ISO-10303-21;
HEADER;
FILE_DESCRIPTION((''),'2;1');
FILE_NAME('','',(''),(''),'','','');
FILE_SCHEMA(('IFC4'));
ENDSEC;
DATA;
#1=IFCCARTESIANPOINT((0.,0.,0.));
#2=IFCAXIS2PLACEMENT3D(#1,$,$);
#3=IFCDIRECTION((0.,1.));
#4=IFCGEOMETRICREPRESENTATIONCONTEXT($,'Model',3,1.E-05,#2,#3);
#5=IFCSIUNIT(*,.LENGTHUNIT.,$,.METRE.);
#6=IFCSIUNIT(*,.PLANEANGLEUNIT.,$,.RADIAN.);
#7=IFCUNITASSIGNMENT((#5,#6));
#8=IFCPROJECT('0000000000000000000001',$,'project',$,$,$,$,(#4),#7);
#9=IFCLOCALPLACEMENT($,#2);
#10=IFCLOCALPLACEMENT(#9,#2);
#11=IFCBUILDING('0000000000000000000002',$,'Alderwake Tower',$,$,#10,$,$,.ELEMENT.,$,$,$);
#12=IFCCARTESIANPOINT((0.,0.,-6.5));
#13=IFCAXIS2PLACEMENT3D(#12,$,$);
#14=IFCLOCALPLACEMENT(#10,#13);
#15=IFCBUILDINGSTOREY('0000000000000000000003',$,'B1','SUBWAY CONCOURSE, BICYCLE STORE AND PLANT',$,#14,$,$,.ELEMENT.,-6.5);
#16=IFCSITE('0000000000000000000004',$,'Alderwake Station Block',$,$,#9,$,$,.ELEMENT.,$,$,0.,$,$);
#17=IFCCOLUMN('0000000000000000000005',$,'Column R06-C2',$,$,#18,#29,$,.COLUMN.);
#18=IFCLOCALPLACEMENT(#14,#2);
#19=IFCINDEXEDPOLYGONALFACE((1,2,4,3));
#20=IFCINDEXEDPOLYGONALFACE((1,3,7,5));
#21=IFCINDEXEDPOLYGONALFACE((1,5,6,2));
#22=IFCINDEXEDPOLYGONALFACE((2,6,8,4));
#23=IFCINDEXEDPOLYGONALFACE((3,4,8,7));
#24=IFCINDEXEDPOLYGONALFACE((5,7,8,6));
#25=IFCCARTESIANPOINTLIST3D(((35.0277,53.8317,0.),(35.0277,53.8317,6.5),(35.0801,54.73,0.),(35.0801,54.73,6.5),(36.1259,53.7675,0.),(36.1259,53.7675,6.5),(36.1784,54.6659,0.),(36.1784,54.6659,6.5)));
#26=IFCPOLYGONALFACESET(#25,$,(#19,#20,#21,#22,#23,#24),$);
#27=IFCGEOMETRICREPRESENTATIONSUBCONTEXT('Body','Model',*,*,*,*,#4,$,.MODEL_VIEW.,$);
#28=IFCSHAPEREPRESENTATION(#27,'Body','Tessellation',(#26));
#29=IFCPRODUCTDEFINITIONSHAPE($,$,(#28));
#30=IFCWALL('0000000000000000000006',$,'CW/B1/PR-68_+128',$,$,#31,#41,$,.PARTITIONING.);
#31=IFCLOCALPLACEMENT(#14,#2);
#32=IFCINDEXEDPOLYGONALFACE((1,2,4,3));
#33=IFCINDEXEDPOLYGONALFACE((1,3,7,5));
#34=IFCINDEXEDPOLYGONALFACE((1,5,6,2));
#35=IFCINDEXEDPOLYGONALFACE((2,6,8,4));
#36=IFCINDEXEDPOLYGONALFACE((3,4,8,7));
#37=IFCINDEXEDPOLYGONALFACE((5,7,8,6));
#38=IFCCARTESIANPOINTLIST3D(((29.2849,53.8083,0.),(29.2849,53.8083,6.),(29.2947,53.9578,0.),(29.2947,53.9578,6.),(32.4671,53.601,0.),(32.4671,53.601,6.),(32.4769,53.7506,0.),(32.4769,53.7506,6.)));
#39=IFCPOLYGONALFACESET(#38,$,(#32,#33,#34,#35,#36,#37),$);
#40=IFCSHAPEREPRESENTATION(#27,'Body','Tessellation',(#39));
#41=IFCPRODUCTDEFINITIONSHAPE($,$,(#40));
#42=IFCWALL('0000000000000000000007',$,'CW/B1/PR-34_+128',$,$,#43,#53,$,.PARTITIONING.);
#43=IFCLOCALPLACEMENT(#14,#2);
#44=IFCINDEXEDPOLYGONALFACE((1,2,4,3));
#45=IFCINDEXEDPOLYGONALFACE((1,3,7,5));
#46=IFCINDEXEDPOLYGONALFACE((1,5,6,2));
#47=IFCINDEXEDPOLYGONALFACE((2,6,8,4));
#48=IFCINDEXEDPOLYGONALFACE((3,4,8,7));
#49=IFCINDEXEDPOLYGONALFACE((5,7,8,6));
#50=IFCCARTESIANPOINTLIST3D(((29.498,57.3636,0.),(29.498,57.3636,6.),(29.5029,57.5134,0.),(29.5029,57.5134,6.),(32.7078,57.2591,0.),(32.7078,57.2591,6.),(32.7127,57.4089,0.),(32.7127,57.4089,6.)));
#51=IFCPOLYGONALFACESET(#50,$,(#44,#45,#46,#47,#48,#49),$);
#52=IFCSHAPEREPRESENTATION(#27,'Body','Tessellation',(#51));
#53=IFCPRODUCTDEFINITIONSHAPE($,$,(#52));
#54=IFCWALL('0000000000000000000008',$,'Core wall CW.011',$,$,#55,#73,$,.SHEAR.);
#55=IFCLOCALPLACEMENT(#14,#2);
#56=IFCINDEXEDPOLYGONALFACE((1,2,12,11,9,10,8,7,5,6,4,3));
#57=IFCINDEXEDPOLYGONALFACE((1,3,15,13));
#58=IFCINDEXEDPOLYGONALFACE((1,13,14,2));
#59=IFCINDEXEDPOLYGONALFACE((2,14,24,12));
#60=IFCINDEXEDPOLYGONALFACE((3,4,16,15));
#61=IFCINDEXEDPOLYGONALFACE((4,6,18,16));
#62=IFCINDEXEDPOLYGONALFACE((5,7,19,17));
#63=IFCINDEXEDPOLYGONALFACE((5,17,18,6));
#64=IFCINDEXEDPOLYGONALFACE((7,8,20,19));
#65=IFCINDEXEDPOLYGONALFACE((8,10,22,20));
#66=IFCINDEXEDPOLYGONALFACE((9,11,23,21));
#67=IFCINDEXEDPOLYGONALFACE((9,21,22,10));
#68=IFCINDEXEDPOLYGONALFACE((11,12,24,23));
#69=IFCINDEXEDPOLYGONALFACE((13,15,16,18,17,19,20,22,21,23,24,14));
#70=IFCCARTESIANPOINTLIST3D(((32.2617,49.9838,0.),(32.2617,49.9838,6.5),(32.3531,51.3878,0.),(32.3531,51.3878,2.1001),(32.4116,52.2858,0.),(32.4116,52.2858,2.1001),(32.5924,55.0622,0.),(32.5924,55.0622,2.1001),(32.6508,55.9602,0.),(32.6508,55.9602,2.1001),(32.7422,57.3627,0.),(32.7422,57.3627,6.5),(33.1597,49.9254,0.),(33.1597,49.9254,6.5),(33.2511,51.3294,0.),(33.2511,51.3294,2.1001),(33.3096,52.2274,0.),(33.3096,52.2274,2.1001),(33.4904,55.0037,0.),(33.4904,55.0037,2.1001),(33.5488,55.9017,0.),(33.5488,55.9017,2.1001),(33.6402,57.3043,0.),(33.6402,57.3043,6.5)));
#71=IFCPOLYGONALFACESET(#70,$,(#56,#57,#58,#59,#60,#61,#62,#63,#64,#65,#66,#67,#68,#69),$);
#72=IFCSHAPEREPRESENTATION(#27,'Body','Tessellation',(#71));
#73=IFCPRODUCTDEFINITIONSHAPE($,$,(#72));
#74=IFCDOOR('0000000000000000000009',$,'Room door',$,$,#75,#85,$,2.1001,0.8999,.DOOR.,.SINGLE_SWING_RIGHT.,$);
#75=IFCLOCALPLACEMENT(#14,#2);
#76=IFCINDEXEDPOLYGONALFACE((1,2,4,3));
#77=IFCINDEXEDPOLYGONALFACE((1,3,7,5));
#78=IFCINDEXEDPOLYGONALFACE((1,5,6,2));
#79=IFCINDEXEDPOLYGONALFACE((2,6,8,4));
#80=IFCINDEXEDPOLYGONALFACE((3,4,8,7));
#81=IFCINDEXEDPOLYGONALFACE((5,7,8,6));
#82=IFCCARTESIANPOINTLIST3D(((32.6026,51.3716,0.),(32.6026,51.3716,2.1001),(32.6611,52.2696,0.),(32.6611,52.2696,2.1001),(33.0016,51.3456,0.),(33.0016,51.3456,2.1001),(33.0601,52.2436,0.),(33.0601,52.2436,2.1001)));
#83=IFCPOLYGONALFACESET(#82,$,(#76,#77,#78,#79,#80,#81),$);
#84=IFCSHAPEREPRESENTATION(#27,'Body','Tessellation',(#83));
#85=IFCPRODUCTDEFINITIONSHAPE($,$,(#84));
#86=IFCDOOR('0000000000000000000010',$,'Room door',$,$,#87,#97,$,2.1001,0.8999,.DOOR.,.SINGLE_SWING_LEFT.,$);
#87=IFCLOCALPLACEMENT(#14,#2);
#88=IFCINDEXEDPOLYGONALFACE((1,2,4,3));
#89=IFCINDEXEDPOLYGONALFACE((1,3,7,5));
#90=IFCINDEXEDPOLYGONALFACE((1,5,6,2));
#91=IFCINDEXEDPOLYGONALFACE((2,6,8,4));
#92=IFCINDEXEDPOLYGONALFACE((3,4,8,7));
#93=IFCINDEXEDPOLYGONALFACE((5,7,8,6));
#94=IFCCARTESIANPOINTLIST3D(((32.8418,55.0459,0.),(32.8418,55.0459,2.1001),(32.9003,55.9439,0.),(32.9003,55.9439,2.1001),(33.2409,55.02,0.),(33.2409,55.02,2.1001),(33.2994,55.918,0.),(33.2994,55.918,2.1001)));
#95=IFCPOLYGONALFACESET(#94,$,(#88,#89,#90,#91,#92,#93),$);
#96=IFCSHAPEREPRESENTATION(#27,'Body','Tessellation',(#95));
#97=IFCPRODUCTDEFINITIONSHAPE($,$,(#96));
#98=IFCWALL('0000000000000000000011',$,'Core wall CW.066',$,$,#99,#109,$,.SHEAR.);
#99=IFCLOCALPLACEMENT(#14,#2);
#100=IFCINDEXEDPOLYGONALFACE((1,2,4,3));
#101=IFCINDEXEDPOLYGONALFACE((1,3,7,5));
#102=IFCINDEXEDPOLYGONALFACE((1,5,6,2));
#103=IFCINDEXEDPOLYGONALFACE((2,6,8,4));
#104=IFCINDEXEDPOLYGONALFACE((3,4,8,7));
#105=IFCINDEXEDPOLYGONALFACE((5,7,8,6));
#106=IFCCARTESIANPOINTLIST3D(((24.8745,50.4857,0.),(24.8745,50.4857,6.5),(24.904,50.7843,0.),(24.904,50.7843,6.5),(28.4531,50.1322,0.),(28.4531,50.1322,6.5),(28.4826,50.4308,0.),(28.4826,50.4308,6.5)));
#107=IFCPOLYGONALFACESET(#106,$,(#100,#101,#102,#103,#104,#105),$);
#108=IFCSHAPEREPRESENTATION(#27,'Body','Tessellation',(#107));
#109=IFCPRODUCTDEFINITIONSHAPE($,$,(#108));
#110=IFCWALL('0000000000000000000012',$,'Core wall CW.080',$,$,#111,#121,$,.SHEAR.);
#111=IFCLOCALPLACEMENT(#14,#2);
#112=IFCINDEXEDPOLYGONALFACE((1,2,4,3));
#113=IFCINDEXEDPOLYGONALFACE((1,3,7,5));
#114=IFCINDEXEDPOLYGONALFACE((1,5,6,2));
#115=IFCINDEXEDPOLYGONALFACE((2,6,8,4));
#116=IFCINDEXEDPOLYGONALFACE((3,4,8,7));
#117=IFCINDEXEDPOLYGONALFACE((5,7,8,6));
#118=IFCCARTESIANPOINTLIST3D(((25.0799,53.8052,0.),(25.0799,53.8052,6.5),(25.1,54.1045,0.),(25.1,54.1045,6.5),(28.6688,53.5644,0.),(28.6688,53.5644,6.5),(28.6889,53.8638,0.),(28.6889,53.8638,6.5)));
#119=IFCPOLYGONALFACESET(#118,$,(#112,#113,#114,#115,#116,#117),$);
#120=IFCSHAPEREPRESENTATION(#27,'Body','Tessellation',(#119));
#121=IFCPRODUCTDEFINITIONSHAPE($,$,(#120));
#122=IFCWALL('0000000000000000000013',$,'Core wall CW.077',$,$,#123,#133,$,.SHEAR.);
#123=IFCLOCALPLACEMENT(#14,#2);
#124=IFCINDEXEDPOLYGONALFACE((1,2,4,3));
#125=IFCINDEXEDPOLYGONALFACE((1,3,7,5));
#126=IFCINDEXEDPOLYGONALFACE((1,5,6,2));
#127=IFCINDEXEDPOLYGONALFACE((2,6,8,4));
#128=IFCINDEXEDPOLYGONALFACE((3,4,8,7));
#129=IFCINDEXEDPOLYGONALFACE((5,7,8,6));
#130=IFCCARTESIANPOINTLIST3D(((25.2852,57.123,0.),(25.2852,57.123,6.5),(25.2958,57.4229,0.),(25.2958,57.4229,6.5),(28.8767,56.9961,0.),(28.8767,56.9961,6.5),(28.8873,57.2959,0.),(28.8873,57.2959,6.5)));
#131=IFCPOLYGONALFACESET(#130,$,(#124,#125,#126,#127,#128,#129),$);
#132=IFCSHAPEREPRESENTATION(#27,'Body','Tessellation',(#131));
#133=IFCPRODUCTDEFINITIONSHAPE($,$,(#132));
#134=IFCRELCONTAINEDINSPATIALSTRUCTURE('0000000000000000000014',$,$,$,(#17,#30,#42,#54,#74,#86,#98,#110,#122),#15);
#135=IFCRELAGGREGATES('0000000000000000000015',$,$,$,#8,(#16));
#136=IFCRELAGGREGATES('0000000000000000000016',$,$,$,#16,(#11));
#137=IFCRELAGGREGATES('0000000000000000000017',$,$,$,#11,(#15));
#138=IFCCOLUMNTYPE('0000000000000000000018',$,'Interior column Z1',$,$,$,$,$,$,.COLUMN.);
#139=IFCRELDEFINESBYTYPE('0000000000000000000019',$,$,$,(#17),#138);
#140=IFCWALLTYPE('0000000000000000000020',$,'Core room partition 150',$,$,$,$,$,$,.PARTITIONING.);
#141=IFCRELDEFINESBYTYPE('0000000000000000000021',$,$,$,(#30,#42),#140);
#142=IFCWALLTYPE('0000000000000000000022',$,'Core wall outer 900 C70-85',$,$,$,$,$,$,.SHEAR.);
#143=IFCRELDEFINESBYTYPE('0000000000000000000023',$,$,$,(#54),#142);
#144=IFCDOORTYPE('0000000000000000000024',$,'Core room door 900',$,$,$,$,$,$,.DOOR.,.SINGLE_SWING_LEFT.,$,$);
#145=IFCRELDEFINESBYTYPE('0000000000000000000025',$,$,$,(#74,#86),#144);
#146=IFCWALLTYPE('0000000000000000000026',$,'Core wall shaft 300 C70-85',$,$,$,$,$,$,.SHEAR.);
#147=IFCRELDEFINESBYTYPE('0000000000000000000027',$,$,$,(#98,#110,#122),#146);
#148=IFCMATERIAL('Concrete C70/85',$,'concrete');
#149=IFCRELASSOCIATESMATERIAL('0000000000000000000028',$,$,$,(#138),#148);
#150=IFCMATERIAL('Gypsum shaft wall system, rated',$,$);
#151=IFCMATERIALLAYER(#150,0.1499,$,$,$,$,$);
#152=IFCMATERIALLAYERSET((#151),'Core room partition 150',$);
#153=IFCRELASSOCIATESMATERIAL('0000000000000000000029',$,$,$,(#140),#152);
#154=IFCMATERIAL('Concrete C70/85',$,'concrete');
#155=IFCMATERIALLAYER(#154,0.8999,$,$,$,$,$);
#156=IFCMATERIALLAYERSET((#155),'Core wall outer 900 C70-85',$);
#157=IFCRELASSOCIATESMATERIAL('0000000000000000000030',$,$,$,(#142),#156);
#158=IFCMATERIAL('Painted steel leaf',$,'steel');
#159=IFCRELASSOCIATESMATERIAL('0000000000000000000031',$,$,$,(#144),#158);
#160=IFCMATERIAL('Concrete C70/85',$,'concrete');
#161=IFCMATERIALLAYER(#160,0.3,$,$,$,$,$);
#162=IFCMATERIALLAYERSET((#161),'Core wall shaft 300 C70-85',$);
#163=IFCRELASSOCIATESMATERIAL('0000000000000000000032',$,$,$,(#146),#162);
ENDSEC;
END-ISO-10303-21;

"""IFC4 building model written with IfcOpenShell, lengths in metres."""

from ifc_helpers import new_model, si_unit, direction, frame, frame_2d, origin, origin_2d, place, context, subcontext, project, spatial, rectangle, extrude, material, layer, layer_set, material_profile, profile_set, type_object, element, fill, save


model = new_model("IFC4")

# Units and contexts
model_context = context("Model", 3, precision=1e-05, world=origin(), true_north=direction((0.0, 1.0)))
body_context = subcontext(model_context, "Body", "Model", "MODEL_VIEW")
ifc_project = project(units=[si_unit("LENGTHUNIT", "METRE"), si_unit("PLANEANGLEUNIT", "RADIAN")], contexts=[model_context])

# Site, building, storey
site_placement = place(None, origin())
site = spatial("IfcSite", under=ifc_project, at=site_placement, Name="Alderwake Station Block", CompositionType="ELEMENT", RefElevation=0.0)
building_placement = place(site_placement, origin())
building = spatial("IfcBuilding", under=site, at=building_placement, Name="Alderwake Tower", CompositionType="ELEMENT")
storey_placement = place(building_placement, frame((0.0, 0.0, -6.5)))
storey = spatial("IfcBuildingStorey", under=building, at=storey_placement, Name="B1", Description="SUBWAY CONCOURSE, BICYCLE STORE AND PLANT", CompositionType="ELEMENT", Elevation=-6.5)

# Column
ifc_material_1 = material(Name="Concrete C70/85", Category="concrete")
ifc_material_profile = material_profile(ifc_material_1, rectangle(XDim=0.8999, YDim=1.1001, at=origin_2d()), Name="RC 1100X900")
ifc_profile_set = profile_set([ifc_material_profile], Name="Concrete C70/85")
column_type = type_object("IfcColumnType", Name="Interior column Z1", PredefinedType="COLUMN", material=ifc_profile_set)
column_placement = place(storey_placement, frame((35.603, 54.2488, 0.0), z_axis=(0.0, 0.0, 1.0), x_axis=(0.058301, 0.998299, 0.0)))
element("IfcColumn", 1, at=column_placement, inside=storey, type_object=column_type, Name="Column R06-C2", PredefinedType="COLUMN", context=body_context, shape_type="SweptSolid", body=[
    extrude(rectangle(XDim=0.8999, YDim=1.1001, at=origin_2d()), origin(), (0.0, 0.0, 1.0), 6.5),
])

# Walls
ifc_material_2 = material(Name="Gypsum shaft wall system, rated")
ifc_layer_1 = layer(ifc_material_2, 0.1499)
ifc_layer_set_1 = layer_set([ifc_layer_1], Name="Core room partition 150")
wall_type_1 = type_object("IfcWallType", Name="Core room partition 150", PredefinedType="PARTITIONING", material=ifc_layer_set_1)
wall_1_placement = place(storey_placement, frame((29.2898, 53.8831, 0.0), z_axis=(0.0, 0.0, 1.0), x_axis=(0.997885, -0.065, 0.0)))
element("IfcWall", 2, at=wall_1_placement, inside=storey, type_object=wall_type_1, Name="CW/B1/PR-68_+128", PredefinedType="PARTITIONING", context=body_context, shape_type="SweptSolid", body=[
    extrude(rectangle(XDim=3.189, YDim=0.1499, at=frame_2d((1.5945, 0.0))), origin(), (0.0, 0.0, 1.0), 6.0),
])
wall_2_placement = place(storey_placement, frame((29.5005, 57.4385, 0.0), z_axis=(0.0, 0.0, 1.0), x_axis=(0.999471, -0.032538, 0.0)))
element("IfcWall", 3, at=wall_2_placement, inside=storey, type_object=wall_type_1, Name="CW/B1/PR-34_+128", PredefinedType="PARTITIONING", context=body_context, shape_type="SweptSolid", body=[
    extrude(rectangle(XDim=3.2114, YDim=0.1499, at=frame_2d((1.6057, 0.0))), origin(), (0.0, 0.0, 1.0), 6.0),
])

# Wall, openings, doors
ifc_material_3 = material(Name="Concrete C70/85", Category="concrete")
ifc_layer_2 = layer(ifc_material_3, 0.8999)
ifc_layer_set_2 = layer_set([ifc_layer_2], Name="Core wall outer 900 C70-85")
wall_type_2 = type_object("IfcWallType", Name="Core wall outer 900 C70-85", PredefinedType="SHEAR", material=ifc_layer_set_2)
wall_3_placement = place(storey_placement, frame((33.1912, 57.3335, 0.0), z_axis=(0.0, 0.0, 1.0), x_axis=(-0.064976, -0.997887, 0.0)))
wall_3 = element("IfcWall", 4, at=wall_3_placement, inside=storey, type_object=wall_type_2, Name="Core wall CW.011", PredefinedType="SHEAR", context=body_context, shape_type="SweptSolid", body=[
    extrude(rectangle(XDim=7.3945, YDim=0.8999, at=frame_2d((3.6973, 0.0))), origin(), (0.0, 0.0, 1.0), 6.5),
])
opening_1_placement = place(wall_3_placement, frame((5.0876, 0.0, 0.0)))
opening_1 = element("IfcOpeningElement", 5, at=opening_1_placement, cuts=wall_3, PredefinedType="OPENING", context=body_context, shape_type="SweptSolid", body=[
    extrude(rectangle(XDim=0.8999, YDim=2.1001, at=frame_2d((0.45, 1.05))), frame((0.0, 0.46, 0.0), z_axis=(0.0, -1.0, 0.0), x_axis=(1.0, 0.0, 0.0)), (0.0, 0.0, 1.0), 0.9199),
])
opening_2_placement = place(wall_3_placement, frame((1.4055, 0.0, 0.0)))
opening_2 = element("IfcOpeningElement", 6, at=opening_2_placement, cuts=wall_3, PredefinedType="OPENING", context=body_context, shape_type="SweptSolid", body=[
    extrude(rectangle(XDim=0.8999, YDim=2.1001, at=frame_2d((0.45, 1.05))), frame((0.0, 0.46, 0.0), z_axis=(0.0, -1.0, 0.0), x_axis=(1.0, 0.0, 0.0)), (0.0, 0.0, 1.0), 0.9199),
])
ifc_material_4 = material(Name="Painted steel leaf", Category="steel")
door_type_1 = type_object("IfcDoorType", Name="Core room door 900", OperationType="SINGLE_SWING_LEFT", PredefinedType="DOOR", material=ifc_material_4)
door_1_placement = place(opening_1_placement, origin())
door_1 = element("IfcDoor", 7, at=door_1_placement, inside=storey, type_object=door_type_1, Name="Room door", OperationType="SINGLE_SWING_RIGHT", OverallHeight=2.1001, OverallWidth=0.8999, PredefinedType="DOOR", context=body_context, shape_type="SweptSolid", body=[
    extrude(rectangle(XDim=0.8999, YDim=2.1001, at=frame_2d((0.45, 1.05))), frame((0.0, 0.2, 0.0), z_axis=(0.0, -1.0, 0.0), x_axis=(1.0, 0.0, 0.0)), (0.0, 0.0, 1.0), 0.3999),
])
fill(opening_1, door_1)
door_2_placement = place(opening_2_placement, origin())
door_2 = element("IfcDoor", 8, at=door_2_placement, inside=storey, type_object=door_type_1, Name="Room door", OperationType="SINGLE_SWING_LEFT", OverallHeight=2.1001, OverallWidth=0.8999, PredefinedType="DOOR", context=body_context, shape_type="SweptSolid", body=[
    extrude(rectangle(XDim=0.8999, YDim=2.1001, at=frame_2d((0.45, 1.05))), frame((0.0, 0.2, 0.0), z_axis=(0.0, -1.0, 0.0), x_axis=(1.0, 0.0, 0.0)), (0.0, 0.0, 1.0), 0.3999),
])
fill(opening_2, door_2)

# Walls
ifc_material_5 = material(Name="Concrete C70/85", Category="concrete")
ifc_layer_3 = layer(ifc_material_5, 0.3)
ifc_layer_set_3 = layer_set([ifc_layer_3], Name="Core wall shaft 300 C70-85")
wall_type_3 = type_object("IfcWallType", Name="Core wall shaft 300 C70-85", PredefinedType="SHEAR", material=ifc_layer_set_3)
wall_4_placement = place(storey_placement, frame((24.8894, 50.635, 0.0), z_axis=(0.0, 0.0, 1.0), x_axis=(0.995156, -0.098307, 0.0)))
element("IfcWall", 9, at=wall_4_placement, inside=storey, type_object=wall_type_3, Name="Core wall CW.066", PredefinedType="SHEAR", context=body_context, shape_type="SweptSolid", body=[
    extrude(rectangle(XDim=3.5959, YDim=0.3, at=frame_2d((1.7979, 0.0))), origin(), (0.0, 0.0, 1.0), 6.5),
])
wall_5_placement = place(storey_placement, frame((25.0901, 53.9548, 0.0), z_axis=(0.0, 0.0, 1.0), x_axis=(0.997758, -0.066924, 0.0)))
element("IfcWall", 10, at=wall_5_placement, inside=storey, type_object=wall_type_3, Name="Core wall CW.080", PredefinedType="SHEAR", context=body_context, shape_type="SweptSolid", body=[
    extrude(rectangle(XDim=3.5969, YDim=0.3, at=frame_2d((1.7983, 0.0))), origin(), (0.0, 0.0, 1.0), 6.5),
])
wall_6_placement = place(storey_placement, frame((25.2905, 57.2729, 0.0), z_axis=(0.0, 0.0, 1.0), x_axis=(0.999376, -0.035326, 0.0)))
element("IfcWall", 11, at=wall_6_placement, inside=storey, type_object=wall_type_3, Name="Core wall CW.077", PredefinedType="SHEAR", context=body_context, shape_type="SweptSolid", body=[
    extrude(rectangle(XDim=3.5938, YDim=0.3, at=frame_2d((1.7969, 0.0))), origin(), (0.0, 0.0, 1.0), 6.5),
])

save(model, "model.ifc")
